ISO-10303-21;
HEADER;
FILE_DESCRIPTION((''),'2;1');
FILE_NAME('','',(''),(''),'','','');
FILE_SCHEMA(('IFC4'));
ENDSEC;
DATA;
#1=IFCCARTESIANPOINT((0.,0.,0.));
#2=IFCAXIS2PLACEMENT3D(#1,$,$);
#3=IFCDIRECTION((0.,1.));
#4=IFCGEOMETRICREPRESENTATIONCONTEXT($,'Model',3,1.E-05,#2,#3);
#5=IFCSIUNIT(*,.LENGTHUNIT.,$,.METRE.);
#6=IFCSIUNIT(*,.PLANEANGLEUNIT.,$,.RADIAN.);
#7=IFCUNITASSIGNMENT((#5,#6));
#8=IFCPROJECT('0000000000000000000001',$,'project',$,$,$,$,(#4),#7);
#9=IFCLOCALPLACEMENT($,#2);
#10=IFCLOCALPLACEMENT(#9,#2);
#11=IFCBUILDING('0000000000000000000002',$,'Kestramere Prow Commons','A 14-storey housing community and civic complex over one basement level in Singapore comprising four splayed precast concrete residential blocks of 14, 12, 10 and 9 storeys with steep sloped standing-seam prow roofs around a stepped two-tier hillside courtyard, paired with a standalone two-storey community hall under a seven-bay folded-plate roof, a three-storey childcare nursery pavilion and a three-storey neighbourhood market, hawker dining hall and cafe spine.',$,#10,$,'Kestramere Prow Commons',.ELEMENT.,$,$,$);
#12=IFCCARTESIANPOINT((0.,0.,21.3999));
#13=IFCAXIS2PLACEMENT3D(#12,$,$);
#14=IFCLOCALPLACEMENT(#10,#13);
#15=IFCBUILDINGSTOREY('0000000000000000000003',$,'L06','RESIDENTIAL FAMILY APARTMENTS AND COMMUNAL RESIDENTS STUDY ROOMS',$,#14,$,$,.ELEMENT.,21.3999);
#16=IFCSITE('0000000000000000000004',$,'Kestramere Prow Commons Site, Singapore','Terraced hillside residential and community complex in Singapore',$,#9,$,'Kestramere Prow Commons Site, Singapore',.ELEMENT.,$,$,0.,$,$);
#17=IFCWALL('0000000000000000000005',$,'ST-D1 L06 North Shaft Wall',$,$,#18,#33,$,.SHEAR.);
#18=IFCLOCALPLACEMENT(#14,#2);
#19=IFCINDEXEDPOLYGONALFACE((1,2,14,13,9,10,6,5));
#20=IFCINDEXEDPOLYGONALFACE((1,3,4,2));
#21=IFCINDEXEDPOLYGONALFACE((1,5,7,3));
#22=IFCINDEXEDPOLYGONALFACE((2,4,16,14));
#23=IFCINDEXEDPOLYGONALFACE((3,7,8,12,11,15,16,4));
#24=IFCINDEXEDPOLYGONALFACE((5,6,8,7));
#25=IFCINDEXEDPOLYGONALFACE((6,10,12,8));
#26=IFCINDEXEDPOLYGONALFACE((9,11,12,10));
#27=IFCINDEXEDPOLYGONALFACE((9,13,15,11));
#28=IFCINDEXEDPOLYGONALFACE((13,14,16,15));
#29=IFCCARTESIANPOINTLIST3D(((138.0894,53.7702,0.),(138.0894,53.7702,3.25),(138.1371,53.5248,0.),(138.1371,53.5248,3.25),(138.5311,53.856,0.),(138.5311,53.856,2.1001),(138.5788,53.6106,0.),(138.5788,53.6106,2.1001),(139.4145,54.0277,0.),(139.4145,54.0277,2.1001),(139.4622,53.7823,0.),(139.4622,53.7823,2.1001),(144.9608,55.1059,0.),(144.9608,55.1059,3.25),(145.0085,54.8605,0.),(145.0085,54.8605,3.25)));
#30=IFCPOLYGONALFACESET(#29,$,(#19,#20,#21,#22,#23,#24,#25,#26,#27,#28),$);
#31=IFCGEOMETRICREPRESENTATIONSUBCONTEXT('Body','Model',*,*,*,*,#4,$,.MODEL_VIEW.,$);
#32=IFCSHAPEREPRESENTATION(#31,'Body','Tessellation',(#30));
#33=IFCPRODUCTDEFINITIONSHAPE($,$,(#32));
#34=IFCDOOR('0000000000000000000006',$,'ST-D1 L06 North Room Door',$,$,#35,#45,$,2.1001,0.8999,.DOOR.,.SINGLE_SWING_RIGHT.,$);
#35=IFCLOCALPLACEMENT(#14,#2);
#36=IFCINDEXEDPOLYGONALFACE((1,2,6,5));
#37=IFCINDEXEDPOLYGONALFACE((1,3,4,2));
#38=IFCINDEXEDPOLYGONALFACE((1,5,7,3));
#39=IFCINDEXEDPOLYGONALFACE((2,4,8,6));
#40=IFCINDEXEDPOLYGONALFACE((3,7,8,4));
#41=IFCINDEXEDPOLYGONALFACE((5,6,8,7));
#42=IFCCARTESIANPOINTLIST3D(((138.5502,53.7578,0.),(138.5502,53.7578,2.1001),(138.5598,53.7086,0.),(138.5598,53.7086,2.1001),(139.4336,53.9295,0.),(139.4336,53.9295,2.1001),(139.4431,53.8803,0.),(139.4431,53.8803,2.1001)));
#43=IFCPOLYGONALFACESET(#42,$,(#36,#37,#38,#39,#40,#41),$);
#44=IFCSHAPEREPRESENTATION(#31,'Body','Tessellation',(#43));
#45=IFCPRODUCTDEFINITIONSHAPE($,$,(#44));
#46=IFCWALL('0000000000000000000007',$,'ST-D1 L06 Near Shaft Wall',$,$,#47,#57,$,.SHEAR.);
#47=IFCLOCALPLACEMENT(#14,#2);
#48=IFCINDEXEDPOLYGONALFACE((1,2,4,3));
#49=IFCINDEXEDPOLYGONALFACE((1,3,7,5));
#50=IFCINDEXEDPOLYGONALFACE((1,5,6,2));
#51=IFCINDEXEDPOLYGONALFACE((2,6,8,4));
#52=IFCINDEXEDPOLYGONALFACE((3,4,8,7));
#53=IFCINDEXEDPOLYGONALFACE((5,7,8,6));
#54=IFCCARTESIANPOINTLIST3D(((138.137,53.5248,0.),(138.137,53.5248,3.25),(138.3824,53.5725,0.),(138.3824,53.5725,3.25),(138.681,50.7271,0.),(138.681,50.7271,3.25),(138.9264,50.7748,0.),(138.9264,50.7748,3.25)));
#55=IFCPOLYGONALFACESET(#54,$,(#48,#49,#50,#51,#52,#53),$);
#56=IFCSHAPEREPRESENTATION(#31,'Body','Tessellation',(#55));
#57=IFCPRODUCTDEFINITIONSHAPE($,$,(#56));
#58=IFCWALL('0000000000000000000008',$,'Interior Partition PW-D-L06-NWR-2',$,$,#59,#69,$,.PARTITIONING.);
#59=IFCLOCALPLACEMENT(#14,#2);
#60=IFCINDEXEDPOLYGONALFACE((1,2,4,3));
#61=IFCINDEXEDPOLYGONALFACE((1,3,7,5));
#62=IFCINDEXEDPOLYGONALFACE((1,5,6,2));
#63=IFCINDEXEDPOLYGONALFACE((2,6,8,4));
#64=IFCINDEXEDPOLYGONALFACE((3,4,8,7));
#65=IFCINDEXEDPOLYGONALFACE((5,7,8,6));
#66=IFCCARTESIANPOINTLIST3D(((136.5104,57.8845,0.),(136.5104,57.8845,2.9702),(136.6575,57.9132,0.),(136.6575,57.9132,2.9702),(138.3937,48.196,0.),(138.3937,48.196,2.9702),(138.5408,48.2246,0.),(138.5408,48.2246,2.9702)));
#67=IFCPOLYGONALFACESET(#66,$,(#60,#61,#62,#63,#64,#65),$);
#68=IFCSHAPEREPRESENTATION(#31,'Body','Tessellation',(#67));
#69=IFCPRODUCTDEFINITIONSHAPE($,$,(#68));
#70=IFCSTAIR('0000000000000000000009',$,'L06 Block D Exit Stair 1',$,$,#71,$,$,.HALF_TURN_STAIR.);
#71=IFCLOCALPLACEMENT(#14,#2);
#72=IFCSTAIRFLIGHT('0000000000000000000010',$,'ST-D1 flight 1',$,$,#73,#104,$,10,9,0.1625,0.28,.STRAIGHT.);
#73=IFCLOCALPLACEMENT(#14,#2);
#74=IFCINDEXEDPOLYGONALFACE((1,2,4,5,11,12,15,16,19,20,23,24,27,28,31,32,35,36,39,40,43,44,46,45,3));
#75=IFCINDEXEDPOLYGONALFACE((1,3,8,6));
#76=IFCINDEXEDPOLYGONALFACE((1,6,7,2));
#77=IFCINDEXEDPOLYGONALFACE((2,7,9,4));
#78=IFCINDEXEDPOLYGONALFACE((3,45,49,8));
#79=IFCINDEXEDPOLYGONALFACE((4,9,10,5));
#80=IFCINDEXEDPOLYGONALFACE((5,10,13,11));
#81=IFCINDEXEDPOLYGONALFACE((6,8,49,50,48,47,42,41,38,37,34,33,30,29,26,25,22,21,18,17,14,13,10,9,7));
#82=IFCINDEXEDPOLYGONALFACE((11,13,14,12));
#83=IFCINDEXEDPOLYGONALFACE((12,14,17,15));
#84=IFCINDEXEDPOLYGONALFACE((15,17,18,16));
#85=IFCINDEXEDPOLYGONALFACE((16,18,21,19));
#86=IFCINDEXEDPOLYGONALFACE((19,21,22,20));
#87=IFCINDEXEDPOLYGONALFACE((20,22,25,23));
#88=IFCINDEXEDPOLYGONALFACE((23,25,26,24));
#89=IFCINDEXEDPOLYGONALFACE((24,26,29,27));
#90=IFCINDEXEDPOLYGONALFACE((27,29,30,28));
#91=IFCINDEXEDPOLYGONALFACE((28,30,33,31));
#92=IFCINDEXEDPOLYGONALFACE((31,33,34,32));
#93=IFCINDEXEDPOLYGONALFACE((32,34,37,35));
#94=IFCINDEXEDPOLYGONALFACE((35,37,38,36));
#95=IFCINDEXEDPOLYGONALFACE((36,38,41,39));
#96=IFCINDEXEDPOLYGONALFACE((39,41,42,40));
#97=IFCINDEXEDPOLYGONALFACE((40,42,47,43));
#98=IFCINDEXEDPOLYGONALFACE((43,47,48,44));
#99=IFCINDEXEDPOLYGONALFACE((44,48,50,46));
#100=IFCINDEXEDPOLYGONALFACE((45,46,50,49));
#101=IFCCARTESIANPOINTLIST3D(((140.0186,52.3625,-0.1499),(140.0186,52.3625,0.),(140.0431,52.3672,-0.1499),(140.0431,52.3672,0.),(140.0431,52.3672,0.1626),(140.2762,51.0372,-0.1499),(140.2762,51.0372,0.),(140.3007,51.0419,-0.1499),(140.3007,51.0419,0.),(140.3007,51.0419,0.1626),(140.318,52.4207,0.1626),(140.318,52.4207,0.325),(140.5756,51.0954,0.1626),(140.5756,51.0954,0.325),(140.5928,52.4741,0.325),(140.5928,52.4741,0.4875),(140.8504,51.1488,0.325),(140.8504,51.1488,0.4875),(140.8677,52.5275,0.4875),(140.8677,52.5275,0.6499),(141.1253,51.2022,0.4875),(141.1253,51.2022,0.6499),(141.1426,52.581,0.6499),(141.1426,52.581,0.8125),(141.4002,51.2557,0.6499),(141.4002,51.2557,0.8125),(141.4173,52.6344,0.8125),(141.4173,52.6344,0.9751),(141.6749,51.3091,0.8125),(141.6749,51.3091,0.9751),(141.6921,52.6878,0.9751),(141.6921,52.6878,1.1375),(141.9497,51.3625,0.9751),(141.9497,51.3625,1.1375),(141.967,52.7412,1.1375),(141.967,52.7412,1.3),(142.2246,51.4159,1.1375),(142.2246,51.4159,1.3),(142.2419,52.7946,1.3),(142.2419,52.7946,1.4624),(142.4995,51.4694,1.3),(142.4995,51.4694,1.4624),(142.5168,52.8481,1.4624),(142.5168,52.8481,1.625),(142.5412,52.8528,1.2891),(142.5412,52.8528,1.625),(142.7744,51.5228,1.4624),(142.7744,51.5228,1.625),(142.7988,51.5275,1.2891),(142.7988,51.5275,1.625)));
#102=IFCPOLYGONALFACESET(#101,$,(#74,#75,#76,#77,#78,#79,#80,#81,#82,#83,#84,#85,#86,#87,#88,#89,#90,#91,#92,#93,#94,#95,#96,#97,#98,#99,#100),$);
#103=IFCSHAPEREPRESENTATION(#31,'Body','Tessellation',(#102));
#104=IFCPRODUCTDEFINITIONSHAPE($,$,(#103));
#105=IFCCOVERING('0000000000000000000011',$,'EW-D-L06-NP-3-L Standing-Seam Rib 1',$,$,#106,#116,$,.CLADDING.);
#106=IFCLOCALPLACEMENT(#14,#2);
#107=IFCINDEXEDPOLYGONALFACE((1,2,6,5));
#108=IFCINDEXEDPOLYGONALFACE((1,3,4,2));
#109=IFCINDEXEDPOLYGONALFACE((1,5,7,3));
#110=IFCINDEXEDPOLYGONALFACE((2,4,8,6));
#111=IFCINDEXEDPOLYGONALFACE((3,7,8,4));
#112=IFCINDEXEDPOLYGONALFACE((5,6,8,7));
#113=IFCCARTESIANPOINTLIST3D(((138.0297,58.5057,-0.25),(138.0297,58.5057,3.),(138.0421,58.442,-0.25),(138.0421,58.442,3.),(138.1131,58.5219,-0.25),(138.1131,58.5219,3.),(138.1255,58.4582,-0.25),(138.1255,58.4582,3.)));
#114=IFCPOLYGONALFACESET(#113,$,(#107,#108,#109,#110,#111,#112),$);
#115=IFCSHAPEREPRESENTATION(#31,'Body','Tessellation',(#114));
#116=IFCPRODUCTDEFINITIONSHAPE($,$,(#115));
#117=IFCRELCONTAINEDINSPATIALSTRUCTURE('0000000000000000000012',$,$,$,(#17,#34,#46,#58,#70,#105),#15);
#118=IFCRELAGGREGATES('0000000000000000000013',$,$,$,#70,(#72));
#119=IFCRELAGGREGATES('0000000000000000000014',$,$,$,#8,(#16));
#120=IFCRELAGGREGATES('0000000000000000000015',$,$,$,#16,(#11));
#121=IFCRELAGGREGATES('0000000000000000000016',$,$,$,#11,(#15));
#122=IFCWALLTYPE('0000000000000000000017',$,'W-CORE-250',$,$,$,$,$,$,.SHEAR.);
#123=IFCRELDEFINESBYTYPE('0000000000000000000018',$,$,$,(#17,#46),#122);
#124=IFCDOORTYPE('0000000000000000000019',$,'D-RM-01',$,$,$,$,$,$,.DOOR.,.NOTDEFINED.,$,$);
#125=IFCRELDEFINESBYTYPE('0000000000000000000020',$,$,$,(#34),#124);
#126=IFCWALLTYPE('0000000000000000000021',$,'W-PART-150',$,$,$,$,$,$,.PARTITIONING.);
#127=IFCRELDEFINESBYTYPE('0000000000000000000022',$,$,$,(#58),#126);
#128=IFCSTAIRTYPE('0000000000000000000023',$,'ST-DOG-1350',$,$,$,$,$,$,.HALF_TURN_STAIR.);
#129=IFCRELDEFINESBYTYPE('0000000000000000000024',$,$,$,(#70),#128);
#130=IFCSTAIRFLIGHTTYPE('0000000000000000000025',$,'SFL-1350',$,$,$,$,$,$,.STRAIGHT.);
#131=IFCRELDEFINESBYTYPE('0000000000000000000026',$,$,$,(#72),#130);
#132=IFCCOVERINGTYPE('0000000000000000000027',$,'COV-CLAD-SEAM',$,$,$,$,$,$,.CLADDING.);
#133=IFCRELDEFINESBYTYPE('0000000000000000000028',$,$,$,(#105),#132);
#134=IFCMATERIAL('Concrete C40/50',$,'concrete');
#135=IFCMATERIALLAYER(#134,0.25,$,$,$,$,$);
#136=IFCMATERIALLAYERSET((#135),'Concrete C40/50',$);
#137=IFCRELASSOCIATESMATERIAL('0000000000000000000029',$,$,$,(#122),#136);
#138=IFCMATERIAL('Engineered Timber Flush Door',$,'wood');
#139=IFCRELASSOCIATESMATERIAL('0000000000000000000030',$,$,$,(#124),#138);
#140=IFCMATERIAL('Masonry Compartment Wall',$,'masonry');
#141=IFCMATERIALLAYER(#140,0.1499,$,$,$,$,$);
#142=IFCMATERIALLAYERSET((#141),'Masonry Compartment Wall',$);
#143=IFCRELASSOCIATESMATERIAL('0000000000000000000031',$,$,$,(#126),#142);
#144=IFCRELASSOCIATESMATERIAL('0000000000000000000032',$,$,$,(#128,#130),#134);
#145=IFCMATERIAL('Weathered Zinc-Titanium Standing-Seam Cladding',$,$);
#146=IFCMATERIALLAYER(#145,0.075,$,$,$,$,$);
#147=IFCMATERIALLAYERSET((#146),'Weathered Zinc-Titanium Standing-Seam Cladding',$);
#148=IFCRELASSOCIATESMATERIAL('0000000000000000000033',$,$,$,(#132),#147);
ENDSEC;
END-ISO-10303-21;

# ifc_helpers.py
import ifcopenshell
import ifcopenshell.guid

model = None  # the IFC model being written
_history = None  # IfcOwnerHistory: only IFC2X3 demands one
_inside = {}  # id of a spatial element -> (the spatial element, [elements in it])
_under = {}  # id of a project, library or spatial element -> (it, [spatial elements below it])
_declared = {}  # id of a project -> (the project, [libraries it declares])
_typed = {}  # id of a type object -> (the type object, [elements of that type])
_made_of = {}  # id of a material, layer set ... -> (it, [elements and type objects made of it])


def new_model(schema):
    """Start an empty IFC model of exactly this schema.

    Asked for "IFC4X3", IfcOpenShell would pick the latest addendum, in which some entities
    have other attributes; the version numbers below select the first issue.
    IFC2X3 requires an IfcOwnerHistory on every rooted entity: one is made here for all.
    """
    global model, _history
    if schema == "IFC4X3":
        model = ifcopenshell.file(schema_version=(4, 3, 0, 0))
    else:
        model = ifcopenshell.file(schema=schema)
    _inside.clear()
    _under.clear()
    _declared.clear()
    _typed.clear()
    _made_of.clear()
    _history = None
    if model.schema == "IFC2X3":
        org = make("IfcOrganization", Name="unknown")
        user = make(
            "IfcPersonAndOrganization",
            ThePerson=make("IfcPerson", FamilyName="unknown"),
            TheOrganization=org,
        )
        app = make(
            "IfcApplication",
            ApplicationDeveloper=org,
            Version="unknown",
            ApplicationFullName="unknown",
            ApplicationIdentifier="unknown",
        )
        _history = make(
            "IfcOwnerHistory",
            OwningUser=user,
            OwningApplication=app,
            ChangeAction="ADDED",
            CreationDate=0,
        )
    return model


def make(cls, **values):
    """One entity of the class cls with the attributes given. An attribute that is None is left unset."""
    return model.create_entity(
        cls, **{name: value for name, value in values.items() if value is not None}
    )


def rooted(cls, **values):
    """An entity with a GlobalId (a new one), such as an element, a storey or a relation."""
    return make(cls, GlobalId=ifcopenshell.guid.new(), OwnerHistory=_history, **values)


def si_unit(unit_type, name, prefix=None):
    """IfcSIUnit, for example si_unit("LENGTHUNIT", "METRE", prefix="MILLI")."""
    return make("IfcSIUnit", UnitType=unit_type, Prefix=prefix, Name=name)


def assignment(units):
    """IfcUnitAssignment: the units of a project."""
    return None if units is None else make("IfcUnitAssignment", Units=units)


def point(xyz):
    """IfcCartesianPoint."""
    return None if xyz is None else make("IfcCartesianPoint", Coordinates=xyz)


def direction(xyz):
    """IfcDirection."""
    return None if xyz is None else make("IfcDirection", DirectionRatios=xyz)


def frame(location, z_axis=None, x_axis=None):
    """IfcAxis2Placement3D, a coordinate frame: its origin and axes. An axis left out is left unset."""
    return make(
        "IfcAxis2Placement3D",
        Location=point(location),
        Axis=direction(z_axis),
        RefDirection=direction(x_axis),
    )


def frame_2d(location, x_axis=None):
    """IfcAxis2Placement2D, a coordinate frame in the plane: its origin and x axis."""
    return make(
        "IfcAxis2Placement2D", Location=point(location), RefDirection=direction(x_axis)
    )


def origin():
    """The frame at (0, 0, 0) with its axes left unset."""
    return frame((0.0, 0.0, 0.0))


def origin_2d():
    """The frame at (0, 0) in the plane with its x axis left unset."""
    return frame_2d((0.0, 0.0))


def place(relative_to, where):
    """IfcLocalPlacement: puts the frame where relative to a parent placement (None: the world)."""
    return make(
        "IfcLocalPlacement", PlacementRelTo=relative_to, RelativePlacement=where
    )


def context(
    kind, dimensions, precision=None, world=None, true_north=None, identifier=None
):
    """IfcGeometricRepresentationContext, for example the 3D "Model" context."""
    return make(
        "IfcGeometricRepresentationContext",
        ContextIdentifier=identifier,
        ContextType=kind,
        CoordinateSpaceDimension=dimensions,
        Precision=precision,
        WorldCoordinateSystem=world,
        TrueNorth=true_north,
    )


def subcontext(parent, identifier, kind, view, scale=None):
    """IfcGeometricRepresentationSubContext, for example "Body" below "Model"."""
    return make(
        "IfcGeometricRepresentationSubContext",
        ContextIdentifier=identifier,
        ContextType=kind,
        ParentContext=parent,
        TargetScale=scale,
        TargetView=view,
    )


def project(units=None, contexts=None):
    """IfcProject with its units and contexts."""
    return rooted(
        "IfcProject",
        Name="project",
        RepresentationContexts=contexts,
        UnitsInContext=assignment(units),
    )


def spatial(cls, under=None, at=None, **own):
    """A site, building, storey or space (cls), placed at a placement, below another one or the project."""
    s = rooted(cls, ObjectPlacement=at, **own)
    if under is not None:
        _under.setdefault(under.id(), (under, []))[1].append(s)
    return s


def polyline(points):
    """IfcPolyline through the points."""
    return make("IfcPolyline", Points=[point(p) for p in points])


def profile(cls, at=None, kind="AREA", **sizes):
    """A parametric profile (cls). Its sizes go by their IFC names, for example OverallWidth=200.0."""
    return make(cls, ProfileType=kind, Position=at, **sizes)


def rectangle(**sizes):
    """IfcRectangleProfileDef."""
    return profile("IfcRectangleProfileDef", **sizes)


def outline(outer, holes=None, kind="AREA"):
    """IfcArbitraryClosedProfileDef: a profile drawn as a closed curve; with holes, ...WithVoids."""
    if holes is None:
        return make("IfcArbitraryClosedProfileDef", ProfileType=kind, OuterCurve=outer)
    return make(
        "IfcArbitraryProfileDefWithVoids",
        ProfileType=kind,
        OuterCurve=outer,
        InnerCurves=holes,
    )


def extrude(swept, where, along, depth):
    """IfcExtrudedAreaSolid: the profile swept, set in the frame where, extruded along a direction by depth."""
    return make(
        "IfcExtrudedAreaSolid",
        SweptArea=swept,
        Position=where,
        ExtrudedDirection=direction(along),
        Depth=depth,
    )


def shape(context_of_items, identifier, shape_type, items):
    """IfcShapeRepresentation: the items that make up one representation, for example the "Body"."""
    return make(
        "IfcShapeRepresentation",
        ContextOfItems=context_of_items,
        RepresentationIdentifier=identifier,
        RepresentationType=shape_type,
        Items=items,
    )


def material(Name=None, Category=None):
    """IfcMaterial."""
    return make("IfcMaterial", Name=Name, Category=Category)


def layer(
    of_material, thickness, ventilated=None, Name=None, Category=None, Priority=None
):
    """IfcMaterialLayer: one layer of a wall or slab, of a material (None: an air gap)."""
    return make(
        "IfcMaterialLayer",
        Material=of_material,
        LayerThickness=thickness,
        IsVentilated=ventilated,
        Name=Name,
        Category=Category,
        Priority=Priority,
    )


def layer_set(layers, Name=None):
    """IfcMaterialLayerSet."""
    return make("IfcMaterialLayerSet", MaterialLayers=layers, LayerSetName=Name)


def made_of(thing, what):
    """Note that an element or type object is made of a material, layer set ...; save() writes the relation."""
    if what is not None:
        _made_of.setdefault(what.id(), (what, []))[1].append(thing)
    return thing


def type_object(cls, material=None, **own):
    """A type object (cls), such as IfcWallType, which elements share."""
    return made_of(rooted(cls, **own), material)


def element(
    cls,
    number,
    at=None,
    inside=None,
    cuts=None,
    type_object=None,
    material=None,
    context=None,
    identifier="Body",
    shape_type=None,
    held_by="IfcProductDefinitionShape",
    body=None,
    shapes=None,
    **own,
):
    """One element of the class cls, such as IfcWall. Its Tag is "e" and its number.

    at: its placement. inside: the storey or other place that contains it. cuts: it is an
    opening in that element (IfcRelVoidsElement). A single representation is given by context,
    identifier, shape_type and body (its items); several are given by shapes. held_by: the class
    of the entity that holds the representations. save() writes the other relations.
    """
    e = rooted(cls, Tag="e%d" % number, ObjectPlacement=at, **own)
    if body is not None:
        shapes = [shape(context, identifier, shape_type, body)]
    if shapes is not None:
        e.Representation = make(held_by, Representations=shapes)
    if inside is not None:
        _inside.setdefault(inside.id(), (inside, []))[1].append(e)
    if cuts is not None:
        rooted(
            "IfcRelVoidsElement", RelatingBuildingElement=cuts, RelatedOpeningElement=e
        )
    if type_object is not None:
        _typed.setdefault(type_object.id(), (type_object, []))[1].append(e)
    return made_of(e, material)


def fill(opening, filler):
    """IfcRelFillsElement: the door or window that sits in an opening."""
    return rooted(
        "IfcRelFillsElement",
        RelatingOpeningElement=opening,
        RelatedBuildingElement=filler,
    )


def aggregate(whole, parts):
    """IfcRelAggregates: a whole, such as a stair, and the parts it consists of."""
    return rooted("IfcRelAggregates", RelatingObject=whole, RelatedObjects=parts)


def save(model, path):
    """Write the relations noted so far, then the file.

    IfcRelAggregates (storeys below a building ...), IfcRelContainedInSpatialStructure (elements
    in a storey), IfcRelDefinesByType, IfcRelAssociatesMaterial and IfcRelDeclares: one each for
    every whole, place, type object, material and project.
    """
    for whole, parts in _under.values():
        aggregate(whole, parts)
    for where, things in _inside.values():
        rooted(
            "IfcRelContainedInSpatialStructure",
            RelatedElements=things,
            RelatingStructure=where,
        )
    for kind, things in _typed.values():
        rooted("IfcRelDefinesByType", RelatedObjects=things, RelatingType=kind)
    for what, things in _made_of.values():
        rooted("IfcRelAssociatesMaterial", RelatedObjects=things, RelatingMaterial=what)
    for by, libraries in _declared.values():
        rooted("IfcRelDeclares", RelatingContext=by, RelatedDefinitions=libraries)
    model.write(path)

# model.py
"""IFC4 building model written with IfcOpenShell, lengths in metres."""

from ifc_helpers import new_model, si_unit, direction, frame, frame_2d, origin, origin_2d, place, context, subcontext, project, spatial, polyline, rectangle, outline, extrude, material, layer, layer_set, type_object, element, fill, aggregate, save


model = new_model("IFC4")

# Units and contexts
model_context = context("Model", 3, precision=1e-05, world=origin(), true_north=direction((0.0, 1.0)))
body_context = subcontext(model_context, "Body", "Model", "MODEL_VIEW")
ifc_project = project(units=[si_unit("LENGTHUNIT", "METRE"), si_unit("PLANEANGLEUNIT", "RADIAN")], contexts=[model_context])

# Site, building, storey
site_placement = place(None, origin())
site = spatial("IfcSite", under=ifc_project, at=site_placement, Name="Kestramere Prow Commons Site, Singapore", Description="Terraced hillside residential and community complex in Singapore", LongName="Kestramere Prow Commons Site, Singapore", CompositionType="ELEMENT", RefElevation=0.0)
building_placement = place(site_placement, origin())
building = spatial("IfcBuilding", under=site, at=building_placement, Name="Kestramere Prow Commons", Description="A 14-storey housing community and civic complex over one basement level in Singapore comprising four splayed precast concrete residential blocks of 14, 12, 10 and 9 storeys with steep sloped standing-seam prow roofs around a stepped two-tier hillside courtyard, paired with a standalone two-storey community hall under a seven-bay folded-plate roof, a three-storey childcare nursery pavilion and a three-storey neighbourhood market, hawker dining hall and cafe spine.", LongName="Kestramere Prow Commons", CompositionType="ELEMENT")
storey_placement = place(building_placement, frame((0.0, 0.0, 21.3999)))
storey = spatial("IfcBuildingStorey", under=building, at=storey_placement, Name="L06", Description="RESIDENTIAL FAMILY APARTMENTS AND COMMUNAL RESIDENTS STUDY ROOMS", CompositionType="ELEMENT", Elevation=21.3999)

# Wall, opening, door
ifc_material_1 = material(Name="Concrete C40/50", Category="concrete")
ifc_layer_1 = layer(ifc_material_1, 0.25)
ifc_layer_set_1 = layer_set([ifc_layer_1], Name="Concrete C40/50")
wall_type_1 = type_object("IfcWallType", Name="W-CORE-250", PredefinedType="SHEAR", material=ifc_layer_set_1)
wall_1_placement = place(storey_placement, frame((138.1133, 53.6475, 0.0), z_axis=(0.0, 0.0, 1.0), x_axis=(0.981626, 0.190815, 0.0)))
wall_1 = element("IfcWall", 1, at=wall_1_placement, inside=storey, type_object=wall_type_1, Name="ST-D1 L06 North Shaft Wall", PredefinedType="SHEAR", context=body_context, shape_type="SweptSolid", body=[
    extrude(rectangle(XDim=7.0, YDim=0.25, at=frame_2d((3.5, 0.0))), origin(), (0.0, 0.0, 1.0), 3.25),
])
opening_1_placement = place(wall_1_placement, frame((0.45, 0.0, 0.0)))
opening_1 = element("IfcOpeningElement", 2, at=opening_1_placement, cuts=wall_1, PredefinedType="OPENING", context=body_context, shape_type="SweptSolid", body=[
    extrude(rectangle(XDim=0.8999, YDim=2.1001, at=frame_2d((0.45, 1.05))), frame((0.0, 0.1399, 0.0), z_axis=(0.0, -1.0, 0.0), x_axis=(1.0, 0.0, 0.0)), (0.0, 0.0, 1.0), 0.28),
])
ifc_material_2 = material(Name="Engineered Timber Flush Door", Category="wood")
door_type_1 = type_object("IfcDoorType", Name="D-RM-01", OperationType="NOTDEFINED", PredefinedType="DOOR", material=ifc_material_2)
door_1_placement = place(opening_1_placement, origin())
door_1 = element("IfcDoor", 3, at=door_1_placement, inside=storey, type_object=door_type_1, Name="ST-D1 L06 North Room Door", OperationType="SINGLE_SWING_RIGHT", OverallHeight=2.1001, OverallWidth=0.8999, PredefinedType="DOOR", context=body_context, shape_type="SweptSolid", body=[
    extrude(rectangle(XDim=0.8999, YDim=2.1001, at=frame_2d((0.45, 1.05))), frame((0.0, 0.0249, 0.0), z_axis=(0.0, -1.0, 0.0), x_axis=(1.0, 0.0, 0.0)), (0.0, 0.0, 1.0), 0.05),
])
fill(opening_1, door_1)

# Walls
wall_2_placement = place(storey_placement, frame((138.8037, 50.751, 0.0), z_axis=(0.0, 0.0, 1.0), x_axis=(-0.190858, 0.981618, 0.0)))
element("IfcWall", 4, at=wall_2_placement, inside=storey, type_object=wall_type_1, Name="ST-D1 L06 Near Shaft Wall", PredefinedType="SHEAR", context=body_context, shape_type="SweptSolid", body=[
    extrude(rectangle(XDim=2.8501, YDim=0.25, at=frame_2d((1.425, 0.0))), origin(), (0.0, 0.0, 1.0), 3.25),
])
ifc_material_3 = material(Name="Masonry Compartment Wall", Category="masonry")
ifc_layer_2 = layer(ifc_material_3, 0.1499)
ifc_layer_set_2 = layer_set([ifc_layer_2], Name="Masonry Compartment Wall")
wall_type_2 = type_object("IfcWallType", Name="W-PART-150", PredefinedType="PARTITIONING", material=ifc_layer_set_2)
wall_3_placement = place(storey_placement, frame((138.4673, 48.2102, 0.0), z_axis=(0.0, 0.0, 1.0), x_axis=(-0.190814, 0.981626, 0.0)))
element("IfcWall", 5, at=wall_3_placement, inside=storey, type_object=wall_type_2, Name="Interior Partition PW-D-L06-NWR-2", PredefinedType="PARTITIONING", context=body_context, shape_type="SweptSolid", body=[
    extrude(rectangle(XDim=9.8699, YDim=0.1499, at=frame_2d((4.9351, 0.0))), origin(), (0.0, 0.0, 1.0), 2.9702),
])

# Stair, stair flight
stair_type = type_object("IfcStairType", Name="ST-DOG-1350", PredefinedType="HALF_TURN_STAIR", material=ifc_material_1)
stair_placement = place(storey_placement, origin())
stair = element("IfcStair", 6, at=stair_placement, inside=storey, type_object=stair_type, Name="L06 Block D Exit Stair 1", PredefinedType="HALF_TURN_STAIR")
stair_flight_type = type_object("IfcStairFlightType", Name="SFL-1350", PredefinedType="STRAIGHT", material=ifc_material_1)
stair_flight_placement = place(storey_placement, frame((140.1719, 51.7046, 0.0), z_axis=(0.0, 0.0, 1.0), x_axis=(0.981627, 0.190809, 0.0)))
stair_flight = element("IfcStairFlight", 7, at=stair_flight_placement, type_object=stair_flight_type, Name="ST-D1 flight 1", NumberOfRisers=10, NumberOfTreads=9, PredefinedType="STRAIGHT", RiserHeight=0.1625, TreadLength=0.28, context=body_context, shape_type="SweptSolid", body=[
    extrude(outline(polyline([(-0.0249, 0.0), (0.0, 0.0), (0.0, 0.1626), (0.28, 0.1626), (0.28, 0.325), (0.5601, 0.325), (0.5601, 0.4875), (0.8401, 0.4875), (0.8401, 0.6499), (1.1201, 0.6499), (1.1201, 0.8125), (1.3999, 0.8125), (1.3999, 0.9751), (1.6799, 0.9751), (1.6799, 1.1375), (1.96, 1.1375), (1.96, 1.3), (2.24, 1.3), (2.24, 1.4624), (2.52, 1.4624), (2.52, 1.625), (2.5449, 1.625), (2.5449, 1.2891), (0.0, -0.1499), (-0.0249, -0.1499), (-0.0249, 0.0)])), frame((0.0, 0.675, 0.0), z_axis=(0.0, -1.0, 0.0), x_axis=(1.0, 0.0, 0.0)), (0.0, 0.0, 1.0), 1.3501),
])
aggregate(stair, [stair_flight])

# Covering
ifc_material_4 = material(Name="Weathered Zinc-Titanium Standing-Seam Cladding")
ifc_layer_3 = layer(ifc_material_4, 0.075)
ifc_layer_set_3 = layer_set([ifc_layer_3], Name="Weathered Zinc-Titanium Standing-Seam Cladding")
covering_type = type_object("IfcCoveringType", Name="COV-CLAD-SEAM", PredefinedType="CLADDING", material=ifc_layer_set_3)
covering_placement = place(storey_placement, frame((138.0776, 58.4819, -0.25), z_axis=(0.0, 0.0, 1.0), x_axis=(0.981627, 0.190809, 0.0)))
element("IfcCovering", 8, at=covering_placement, inside=storey, type_object=covering_type, Name="EW-D-L06-NP-3-L Standing-Seam Rib 1", PredefinedType="CLADDING", context=body_context, shape_type="SweptSolid", body=[
    extrude(rectangle(XDim=0.085, YDim=0.0649, at=origin_2d()), origin(), (0.0, 0.0, 1.0), 3.25),
])

save(model, "model.ifc")
